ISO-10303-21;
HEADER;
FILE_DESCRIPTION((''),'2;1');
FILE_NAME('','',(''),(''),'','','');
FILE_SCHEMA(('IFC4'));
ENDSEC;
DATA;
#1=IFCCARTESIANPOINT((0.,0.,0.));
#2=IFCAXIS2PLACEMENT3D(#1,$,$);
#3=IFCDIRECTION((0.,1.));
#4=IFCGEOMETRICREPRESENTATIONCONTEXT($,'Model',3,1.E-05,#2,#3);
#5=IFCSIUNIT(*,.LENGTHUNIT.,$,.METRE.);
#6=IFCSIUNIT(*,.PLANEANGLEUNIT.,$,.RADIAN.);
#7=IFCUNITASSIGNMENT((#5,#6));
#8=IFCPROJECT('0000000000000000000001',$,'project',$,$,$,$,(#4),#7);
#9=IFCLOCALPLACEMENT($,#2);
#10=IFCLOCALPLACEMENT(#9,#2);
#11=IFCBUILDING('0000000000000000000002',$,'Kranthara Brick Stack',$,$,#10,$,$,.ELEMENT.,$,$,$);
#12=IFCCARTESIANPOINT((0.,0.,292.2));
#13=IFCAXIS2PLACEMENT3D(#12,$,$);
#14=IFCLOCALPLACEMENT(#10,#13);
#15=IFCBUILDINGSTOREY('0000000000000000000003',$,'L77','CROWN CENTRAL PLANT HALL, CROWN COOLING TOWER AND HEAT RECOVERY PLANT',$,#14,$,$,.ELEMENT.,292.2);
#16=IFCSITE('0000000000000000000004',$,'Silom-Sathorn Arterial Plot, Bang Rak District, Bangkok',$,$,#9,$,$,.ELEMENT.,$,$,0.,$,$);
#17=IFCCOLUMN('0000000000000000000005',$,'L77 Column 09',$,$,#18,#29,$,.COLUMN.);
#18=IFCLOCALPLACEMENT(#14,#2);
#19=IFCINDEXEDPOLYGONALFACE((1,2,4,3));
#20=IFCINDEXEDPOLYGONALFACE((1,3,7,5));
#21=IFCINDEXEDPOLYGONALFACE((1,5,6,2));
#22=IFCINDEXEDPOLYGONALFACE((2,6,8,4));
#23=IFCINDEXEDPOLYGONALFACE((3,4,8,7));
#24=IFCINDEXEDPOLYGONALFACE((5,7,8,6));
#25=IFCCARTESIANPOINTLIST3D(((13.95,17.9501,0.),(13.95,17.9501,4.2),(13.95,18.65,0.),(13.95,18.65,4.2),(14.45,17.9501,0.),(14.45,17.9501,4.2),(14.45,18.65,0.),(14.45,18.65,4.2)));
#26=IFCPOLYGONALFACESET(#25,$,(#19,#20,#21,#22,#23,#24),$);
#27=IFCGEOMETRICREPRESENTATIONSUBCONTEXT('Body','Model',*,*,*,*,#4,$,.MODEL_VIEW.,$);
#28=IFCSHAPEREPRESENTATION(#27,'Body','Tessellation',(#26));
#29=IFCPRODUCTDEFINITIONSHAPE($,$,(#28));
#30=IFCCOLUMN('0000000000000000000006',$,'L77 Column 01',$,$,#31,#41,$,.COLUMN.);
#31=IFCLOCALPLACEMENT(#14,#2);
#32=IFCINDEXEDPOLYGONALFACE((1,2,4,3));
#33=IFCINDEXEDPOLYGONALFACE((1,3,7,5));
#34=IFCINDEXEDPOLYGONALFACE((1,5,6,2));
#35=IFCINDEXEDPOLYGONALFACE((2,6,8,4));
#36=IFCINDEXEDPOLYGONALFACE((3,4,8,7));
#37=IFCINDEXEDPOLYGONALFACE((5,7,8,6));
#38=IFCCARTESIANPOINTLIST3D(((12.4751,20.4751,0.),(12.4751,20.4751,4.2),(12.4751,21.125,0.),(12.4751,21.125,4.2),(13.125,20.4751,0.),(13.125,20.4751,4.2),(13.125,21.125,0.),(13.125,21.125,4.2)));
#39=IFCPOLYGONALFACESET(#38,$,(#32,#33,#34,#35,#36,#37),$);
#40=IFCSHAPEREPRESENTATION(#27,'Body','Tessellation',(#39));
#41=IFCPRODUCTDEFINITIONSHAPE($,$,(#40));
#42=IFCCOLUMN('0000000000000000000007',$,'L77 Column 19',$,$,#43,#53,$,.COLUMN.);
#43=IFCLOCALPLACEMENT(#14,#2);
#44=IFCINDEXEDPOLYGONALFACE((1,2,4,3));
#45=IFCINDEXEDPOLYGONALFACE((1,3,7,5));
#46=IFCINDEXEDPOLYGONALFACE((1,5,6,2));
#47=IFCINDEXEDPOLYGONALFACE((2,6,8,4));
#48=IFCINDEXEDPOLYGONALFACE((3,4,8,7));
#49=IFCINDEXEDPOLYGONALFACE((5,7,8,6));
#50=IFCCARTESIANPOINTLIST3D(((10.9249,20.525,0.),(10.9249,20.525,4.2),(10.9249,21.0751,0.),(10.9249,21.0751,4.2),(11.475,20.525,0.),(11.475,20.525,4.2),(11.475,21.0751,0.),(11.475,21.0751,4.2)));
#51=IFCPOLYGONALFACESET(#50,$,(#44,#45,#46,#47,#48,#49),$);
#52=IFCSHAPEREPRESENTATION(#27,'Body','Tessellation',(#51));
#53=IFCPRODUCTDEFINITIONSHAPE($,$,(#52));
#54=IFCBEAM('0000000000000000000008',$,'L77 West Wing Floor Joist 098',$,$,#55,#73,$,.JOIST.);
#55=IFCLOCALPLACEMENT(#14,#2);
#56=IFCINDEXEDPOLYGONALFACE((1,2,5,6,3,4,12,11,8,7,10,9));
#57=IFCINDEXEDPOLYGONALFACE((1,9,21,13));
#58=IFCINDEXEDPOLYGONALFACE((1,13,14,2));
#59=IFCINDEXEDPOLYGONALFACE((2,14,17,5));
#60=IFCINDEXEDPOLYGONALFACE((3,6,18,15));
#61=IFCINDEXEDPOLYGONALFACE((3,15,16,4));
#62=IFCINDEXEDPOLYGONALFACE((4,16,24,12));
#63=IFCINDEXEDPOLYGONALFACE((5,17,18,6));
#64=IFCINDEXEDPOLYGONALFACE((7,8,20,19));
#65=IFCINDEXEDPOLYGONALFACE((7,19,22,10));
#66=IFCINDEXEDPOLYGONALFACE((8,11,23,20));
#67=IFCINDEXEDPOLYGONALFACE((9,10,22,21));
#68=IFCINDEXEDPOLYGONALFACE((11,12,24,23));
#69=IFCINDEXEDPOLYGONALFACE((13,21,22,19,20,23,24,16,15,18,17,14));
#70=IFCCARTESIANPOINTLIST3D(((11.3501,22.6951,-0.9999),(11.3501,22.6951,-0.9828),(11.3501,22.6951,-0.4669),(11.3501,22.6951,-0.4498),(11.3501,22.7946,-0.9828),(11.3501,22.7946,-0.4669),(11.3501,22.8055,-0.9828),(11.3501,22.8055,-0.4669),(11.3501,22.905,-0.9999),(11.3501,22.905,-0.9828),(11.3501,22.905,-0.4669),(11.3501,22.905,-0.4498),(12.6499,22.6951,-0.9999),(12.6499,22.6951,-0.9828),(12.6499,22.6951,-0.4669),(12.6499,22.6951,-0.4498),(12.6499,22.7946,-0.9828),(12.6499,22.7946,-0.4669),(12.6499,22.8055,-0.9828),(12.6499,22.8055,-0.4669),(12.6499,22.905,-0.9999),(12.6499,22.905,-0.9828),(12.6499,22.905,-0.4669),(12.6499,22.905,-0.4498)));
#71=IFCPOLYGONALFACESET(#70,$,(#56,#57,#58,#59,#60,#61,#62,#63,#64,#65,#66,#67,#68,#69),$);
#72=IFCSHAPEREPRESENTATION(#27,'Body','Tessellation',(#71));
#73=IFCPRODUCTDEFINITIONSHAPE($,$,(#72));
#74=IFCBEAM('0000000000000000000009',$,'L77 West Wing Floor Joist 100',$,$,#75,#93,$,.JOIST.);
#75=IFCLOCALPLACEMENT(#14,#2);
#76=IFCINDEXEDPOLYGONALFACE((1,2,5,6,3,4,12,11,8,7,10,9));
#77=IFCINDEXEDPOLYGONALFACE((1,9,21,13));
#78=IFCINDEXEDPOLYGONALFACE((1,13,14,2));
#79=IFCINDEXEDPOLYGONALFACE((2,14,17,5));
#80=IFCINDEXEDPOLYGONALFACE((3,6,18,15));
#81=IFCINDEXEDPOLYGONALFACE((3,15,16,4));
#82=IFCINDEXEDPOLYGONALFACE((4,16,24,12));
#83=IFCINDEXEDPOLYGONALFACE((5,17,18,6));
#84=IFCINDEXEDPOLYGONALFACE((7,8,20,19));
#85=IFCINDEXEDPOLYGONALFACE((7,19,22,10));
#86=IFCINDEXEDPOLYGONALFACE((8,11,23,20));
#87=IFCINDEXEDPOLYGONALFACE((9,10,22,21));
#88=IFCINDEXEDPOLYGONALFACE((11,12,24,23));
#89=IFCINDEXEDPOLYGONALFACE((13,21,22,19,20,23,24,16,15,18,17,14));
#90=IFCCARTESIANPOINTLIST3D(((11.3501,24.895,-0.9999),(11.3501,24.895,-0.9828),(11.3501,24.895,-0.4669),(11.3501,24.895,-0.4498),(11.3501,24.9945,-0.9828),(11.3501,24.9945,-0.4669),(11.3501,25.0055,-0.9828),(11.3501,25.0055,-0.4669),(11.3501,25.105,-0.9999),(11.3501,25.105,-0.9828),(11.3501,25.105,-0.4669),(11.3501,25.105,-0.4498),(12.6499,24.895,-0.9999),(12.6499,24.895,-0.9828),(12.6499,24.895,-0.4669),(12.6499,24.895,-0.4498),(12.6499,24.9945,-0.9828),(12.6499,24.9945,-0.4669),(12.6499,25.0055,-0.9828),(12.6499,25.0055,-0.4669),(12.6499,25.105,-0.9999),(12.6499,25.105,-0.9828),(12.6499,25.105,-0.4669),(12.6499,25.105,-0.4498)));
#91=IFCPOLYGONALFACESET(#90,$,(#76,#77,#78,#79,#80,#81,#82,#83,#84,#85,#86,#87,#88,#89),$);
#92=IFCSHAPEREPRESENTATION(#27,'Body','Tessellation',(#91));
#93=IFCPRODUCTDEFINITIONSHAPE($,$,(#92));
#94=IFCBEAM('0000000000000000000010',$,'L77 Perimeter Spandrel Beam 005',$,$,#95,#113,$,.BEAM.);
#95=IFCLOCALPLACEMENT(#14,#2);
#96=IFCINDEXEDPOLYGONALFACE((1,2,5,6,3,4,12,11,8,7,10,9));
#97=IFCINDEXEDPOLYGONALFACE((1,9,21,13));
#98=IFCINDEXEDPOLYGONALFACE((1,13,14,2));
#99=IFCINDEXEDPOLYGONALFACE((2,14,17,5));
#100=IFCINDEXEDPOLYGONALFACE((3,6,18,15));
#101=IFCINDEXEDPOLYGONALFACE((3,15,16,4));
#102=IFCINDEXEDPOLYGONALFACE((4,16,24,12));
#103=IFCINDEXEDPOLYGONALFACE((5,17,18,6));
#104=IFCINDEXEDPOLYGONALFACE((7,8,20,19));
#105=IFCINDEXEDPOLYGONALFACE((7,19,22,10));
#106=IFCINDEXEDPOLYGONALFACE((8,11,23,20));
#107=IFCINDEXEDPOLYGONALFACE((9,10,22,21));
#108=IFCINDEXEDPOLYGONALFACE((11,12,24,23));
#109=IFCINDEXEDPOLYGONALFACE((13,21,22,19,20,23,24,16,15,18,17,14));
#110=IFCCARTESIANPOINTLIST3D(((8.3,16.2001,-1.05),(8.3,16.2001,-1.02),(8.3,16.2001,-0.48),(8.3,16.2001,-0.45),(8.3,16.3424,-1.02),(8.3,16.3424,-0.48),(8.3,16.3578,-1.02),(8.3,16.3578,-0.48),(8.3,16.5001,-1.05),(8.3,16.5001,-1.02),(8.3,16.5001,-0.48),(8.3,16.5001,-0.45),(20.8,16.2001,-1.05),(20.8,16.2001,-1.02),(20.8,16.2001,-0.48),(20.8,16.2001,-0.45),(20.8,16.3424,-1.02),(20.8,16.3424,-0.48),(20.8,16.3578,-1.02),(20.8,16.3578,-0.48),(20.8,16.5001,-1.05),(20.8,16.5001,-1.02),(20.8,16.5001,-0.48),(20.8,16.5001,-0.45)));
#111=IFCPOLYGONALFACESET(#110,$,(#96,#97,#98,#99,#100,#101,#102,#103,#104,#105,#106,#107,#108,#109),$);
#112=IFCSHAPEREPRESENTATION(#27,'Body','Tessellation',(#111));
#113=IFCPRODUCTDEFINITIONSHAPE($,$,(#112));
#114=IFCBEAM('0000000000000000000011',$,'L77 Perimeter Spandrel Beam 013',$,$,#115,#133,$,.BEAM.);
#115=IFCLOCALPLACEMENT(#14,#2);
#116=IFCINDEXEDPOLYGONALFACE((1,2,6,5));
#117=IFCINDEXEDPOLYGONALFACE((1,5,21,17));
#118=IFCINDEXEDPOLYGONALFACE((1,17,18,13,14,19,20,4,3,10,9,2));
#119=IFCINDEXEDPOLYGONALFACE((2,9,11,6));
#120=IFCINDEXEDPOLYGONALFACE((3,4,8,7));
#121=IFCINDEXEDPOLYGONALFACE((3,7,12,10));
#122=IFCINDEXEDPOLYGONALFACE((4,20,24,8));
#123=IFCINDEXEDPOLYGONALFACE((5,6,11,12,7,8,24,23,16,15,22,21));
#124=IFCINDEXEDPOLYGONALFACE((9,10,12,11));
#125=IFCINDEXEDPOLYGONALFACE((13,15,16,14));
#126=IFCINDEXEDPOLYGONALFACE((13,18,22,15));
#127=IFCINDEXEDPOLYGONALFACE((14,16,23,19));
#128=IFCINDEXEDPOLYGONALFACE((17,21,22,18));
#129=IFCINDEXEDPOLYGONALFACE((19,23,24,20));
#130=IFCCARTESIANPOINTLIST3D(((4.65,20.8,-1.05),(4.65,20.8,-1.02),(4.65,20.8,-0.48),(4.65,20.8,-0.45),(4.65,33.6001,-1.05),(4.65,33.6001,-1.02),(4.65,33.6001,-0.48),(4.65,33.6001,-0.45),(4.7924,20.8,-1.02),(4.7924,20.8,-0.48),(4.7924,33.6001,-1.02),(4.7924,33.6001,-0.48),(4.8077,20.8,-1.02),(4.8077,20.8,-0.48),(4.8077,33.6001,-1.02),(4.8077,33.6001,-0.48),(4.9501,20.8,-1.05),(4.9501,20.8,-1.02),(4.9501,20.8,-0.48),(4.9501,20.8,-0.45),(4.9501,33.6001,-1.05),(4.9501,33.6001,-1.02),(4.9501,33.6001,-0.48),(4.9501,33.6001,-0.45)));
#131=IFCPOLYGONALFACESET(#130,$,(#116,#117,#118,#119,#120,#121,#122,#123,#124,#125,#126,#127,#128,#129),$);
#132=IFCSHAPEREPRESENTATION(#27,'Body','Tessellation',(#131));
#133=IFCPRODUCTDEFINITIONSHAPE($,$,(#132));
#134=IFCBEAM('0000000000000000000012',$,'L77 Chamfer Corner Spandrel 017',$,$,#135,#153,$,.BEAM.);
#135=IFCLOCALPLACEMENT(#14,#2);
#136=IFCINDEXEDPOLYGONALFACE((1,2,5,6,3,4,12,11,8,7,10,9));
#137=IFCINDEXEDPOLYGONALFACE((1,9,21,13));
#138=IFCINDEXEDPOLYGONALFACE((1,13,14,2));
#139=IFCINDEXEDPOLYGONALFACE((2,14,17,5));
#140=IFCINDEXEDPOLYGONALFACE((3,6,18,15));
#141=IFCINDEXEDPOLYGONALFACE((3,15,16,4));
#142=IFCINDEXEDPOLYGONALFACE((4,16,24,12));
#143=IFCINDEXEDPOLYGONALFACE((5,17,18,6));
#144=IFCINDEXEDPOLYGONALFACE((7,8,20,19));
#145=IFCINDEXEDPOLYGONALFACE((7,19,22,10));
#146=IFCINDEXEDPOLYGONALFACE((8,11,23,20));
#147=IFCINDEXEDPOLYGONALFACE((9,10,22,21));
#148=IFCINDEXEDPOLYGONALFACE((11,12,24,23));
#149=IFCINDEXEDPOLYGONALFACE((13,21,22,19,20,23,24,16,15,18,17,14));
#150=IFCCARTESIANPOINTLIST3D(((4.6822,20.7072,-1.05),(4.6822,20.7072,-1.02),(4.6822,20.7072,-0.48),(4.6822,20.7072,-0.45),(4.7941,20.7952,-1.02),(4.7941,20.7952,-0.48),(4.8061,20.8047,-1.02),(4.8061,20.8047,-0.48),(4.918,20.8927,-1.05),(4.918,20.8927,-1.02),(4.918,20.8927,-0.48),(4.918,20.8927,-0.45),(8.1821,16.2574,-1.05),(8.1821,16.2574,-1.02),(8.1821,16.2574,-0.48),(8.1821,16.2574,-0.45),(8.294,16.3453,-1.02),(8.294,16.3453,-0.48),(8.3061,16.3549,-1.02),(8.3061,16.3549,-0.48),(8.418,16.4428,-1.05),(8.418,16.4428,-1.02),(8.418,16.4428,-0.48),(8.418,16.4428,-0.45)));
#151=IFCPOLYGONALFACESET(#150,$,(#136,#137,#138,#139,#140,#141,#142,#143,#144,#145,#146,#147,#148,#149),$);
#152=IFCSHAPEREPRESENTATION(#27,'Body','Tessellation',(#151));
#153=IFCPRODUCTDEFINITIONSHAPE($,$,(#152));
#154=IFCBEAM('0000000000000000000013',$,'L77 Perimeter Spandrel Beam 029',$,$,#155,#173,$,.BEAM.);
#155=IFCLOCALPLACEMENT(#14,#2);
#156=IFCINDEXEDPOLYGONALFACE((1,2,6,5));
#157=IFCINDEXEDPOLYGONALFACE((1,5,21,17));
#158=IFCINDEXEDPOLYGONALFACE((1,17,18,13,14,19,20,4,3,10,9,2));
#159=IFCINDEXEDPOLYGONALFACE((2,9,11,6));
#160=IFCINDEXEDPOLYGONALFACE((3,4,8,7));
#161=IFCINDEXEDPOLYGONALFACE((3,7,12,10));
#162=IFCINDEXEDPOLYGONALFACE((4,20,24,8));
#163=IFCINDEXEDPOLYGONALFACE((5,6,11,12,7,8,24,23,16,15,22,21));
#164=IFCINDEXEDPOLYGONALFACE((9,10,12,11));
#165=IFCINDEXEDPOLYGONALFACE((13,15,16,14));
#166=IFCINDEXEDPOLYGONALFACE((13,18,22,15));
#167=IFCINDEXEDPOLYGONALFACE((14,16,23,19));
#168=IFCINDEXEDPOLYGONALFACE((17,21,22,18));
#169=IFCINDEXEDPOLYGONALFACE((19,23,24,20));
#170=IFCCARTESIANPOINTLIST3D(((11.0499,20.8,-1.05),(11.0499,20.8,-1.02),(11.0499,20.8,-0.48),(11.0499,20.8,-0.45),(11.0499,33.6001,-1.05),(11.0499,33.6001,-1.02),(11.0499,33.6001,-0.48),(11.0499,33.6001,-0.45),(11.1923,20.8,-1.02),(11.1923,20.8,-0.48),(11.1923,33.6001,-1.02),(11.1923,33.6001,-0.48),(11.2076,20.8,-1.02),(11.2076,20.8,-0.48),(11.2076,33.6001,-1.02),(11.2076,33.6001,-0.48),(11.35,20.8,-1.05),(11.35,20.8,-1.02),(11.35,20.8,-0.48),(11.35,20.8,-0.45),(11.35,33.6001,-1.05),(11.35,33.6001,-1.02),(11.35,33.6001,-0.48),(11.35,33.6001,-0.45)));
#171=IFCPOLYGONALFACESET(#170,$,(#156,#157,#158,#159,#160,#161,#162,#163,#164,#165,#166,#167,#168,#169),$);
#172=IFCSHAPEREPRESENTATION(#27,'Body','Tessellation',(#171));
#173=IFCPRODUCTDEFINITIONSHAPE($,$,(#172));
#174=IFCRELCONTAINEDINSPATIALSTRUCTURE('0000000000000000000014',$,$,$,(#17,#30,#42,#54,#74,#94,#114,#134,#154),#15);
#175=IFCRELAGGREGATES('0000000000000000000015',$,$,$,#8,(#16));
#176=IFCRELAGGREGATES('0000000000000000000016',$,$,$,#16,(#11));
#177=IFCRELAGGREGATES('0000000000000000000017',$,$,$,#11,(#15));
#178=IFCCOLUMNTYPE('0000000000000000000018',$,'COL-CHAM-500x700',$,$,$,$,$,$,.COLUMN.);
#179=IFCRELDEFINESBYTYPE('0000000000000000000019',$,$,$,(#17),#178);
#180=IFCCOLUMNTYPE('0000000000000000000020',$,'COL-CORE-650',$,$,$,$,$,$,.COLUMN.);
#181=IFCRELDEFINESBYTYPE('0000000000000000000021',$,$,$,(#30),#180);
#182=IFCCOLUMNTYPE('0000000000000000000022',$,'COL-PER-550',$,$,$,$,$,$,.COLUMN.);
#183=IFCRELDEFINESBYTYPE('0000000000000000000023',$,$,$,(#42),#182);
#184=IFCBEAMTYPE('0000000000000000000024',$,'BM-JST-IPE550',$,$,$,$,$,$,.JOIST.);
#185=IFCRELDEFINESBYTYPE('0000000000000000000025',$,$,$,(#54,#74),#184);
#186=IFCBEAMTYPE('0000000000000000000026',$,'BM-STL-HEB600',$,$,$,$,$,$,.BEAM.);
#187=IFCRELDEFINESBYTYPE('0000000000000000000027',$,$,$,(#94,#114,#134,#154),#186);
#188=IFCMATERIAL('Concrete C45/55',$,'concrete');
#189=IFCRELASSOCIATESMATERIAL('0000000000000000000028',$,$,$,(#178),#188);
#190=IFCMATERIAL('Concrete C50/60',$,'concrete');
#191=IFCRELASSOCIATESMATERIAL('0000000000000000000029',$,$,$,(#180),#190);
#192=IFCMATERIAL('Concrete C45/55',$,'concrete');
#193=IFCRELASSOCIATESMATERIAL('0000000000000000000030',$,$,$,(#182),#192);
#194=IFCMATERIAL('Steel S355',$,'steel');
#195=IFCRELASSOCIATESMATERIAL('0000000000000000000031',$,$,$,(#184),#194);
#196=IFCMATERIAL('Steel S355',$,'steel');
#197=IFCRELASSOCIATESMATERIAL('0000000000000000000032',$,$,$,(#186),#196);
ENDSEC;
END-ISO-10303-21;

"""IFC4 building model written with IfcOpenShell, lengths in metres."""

from ifc_helpers import new_model, si_unit, direction, frame, origin, origin_2d, place, context, subcontext, project, spatial, rectangle, i_section, extrude, material, material_profile, profile_set, type_object, element, save


model = new_model("IFC4")

# Units and contexts
model_context = context("Model", 3, precision=1e-05, world=origin(), true_north=direction((0.0, 1.0)))
body_context = subcontext(model_context, "Body", "Model", "MODEL_VIEW")
ifc_project = project(units=[si_unit("LENGTHUNIT", "METRE"), si_unit("PLANEANGLEUNIT", "RADIAN")], contexts=[model_context])

# Site, building, storey
site_placement = place(None, origin())
site = spatial("IfcSite", under=ifc_project, at=site_placement, Name="Silom-Sathorn Arterial Plot, Bang Rak District, Bangkok", CompositionType="ELEMENT", RefElevation=0.0)
building_placement = place(site_placement, origin())
building = spatial("IfcBuilding", under=site, at=building_placement, Name="Kranthara Brick Stack", CompositionType="ELEMENT")
storey_placement = place(building_placement, frame((0.0, 0.0, 292.2)))
storey = spatial("IfcBuildingStorey", under=building, at=storey_placement, Name="L77", Description="CROWN CENTRAL PLANT HALL, CROWN COOLING TOWER AND HEAT RECOVERY PLANT", CompositionType="ELEMENT", Elevation=292.2)

# Columns
ifc_material_1 = material(Name="Concrete C45/55", Category="concrete")
ifc_material_profile_1 = material_profile(ifc_material_1, rectangle(XDim=0.5, YDim=0.7, at=origin_2d()), Name="RC 500x700")
ifc_profile_set_1 = profile_set([ifc_material_profile_1], Name="Concrete C45/55")
column_type_1 = type_object("IfcColumnType", Name="COL-CHAM-500x700", PredefinedType="COLUMN", material=ifc_profile_set_1)
column_1_placement = place(storey_placement, frame((14.2, 18.3, 0.0), z_axis=(0.0, 0.0, 1.0), x_axis=(1.0, 0.0, 0.0)))
element("IfcColumn", 1, at=column_1_placement, inside=storey, type_object=column_type_1, Name="L77 Column 09", PredefinedType="COLUMN", context=body_context, shape_type="SweptSolid", body=[
    extrude(rectangle(XDim=0.5, YDim=0.7, at=origin_2d()), origin(), (0.0, 0.0, 1.0), 4.2),
])
ifc_material_2 = material(Name="Concrete C50/60", Category="concrete")
ifc_material_profile_2 = material_profile(ifc_material_2, rectangle(XDim=0.6499, YDim=0.6499, at=origin_2d()), Name="RC 650x650")
ifc_profile_set_2 = profile_set([ifc_material_profile_2], Name="Concrete C50/60")
column_type_2 = type_object("IfcColumnType", Name="COL-CORE-650", PredefinedType="COLUMN", material=ifc_profile_set_2)
column_2_placement = place(storey_placement, frame((12.8, 20.8, 0.0), z_axis=(0.0, 0.0, 1.0), x_axis=(1.0, 0.0, 0.0)))
element("IfcColumn", 2, at=column_2_placement, inside=storey, type_object=column_type_2, Name="L77 Column 01", PredefinedType="COLUMN", context=body_context, shape_type="SweptSolid", body=[
    extrude(rectangle(XDim=0.6499, YDim=0.6499, at=origin_2d()), origin(), (0.0, 0.0, 1.0), 4.2),
])
ifc_material_3 = material(Name="Concrete C45/55", Category="concrete")
ifc_material_profile_3 = material_profile(ifc_material_3, rectangle(XDim=0.55, YDim=0.55, at=origin_2d()), Name="RC 550x550")
ifc_profile_set_3 = profile_set([ifc_material_profile_3], Name="Concrete C45/55")
column_type_3 = type_object("IfcColumnType", Name="COL-PER-550", PredefinedType="COLUMN", material=ifc_profile_set_3)
column_3_placement = place(storey_placement, frame((11.2, 20.8, 0.0), z_axis=(0.0, 0.0, 1.0), x_axis=(1.0, 0.0, 0.0)))
element("IfcColumn", 3, at=column_3_placement, inside=storey, type_object=column_type_3, Name="L77 Column 19", PredefinedType="COLUMN", context=body_context, shape_type="SweptSolid", body=[
    extrude(rectangle(XDim=0.55, YDim=0.55, at=origin_2d()), origin(), (0.0, 0.0, 1.0), 4.2),
])

# Beams
ifc_material_4 = material(Name="Steel S355", Category="steel")
ifc_material_profile_4 = material_profile(ifc_material_4, i_section(OverallWidth=0.21, OverallDepth=0.55, WebThickness=0.011, FlangeThickness=0.0171, at=origin_2d()), Name="IPE 550")
ifc_profile_set_4 = profile_set([ifc_material_profile_4], Name="Steel S355")
beam_type_1 = type_object("IfcBeamType", Name="BM-JST-IPE550", PredefinedType="JOIST", material=ifc_profile_set_4)
for number, where, z_axis, x_axis, name in (
    (4, (11.3501, 22.8, -0.7249), (1.0, 0.0, 0.0), (0.0, 1.0, 0.0), "L77 West Wing Floor Joist 098"),
    (5, (11.3501, 25.0, -0.7249), (1.0, 0.0, 0.0), (0.0, 1.0, 0.0), "L77 West Wing Floor Joist 100"),
):
    element("IfcBeam", number, at=place(storey_placement, frame(where, z_axis=z_axis, x_axis=x_axis)), inside=storey, type_object=beam_type_1, Name=name, PredefinedType="JOIST", context=body_context, shape_type="SweptSolid", body=[
        extrude(i_section(OverallWidth=0.21, OverallDepth=0.55, WebThickness=0.011, FlangeThickness=0.0171, at=origin_2d()), origin(), (0.0, 0.0, 1.0), 1.2998),
    ])
ifc_material_5 = material(Name="Steel S355", Category="steel")
ifc_material_profile_5 = material_profile(ifc_material_5, i_section(OverallWidth=0.3, OverallDepth=0.6001, WebThickness=0.0154, FlangeThickness=0.03, at=origin_2d()), Name="HEB 600")
ifc_profile_set_5 = profile_set([ifc_material_profile_5], Name="Steel S355")
beam_type_2 = type_object("IfcBeamType", Name="BM-STL-HEB600", PredefinedType="BEAM", material=ifc_profile_set_5)
beam_1_placement = place(storey_placement, frame((8.3, 16.3501, -0.75), z_axis=(1.0, 0.0, 0.0), x_axis=(0.0, 1.0, 0.0)))
element("IfcBeam", 6, at=beam_1_placement, inside=storey, type_object=beam_type_2, Name="L77 Perimeter Spandrel Beam 005", PredefinedType="BEAM", context=body_context, shape_type="SweptSolid", body=[
    extrude(i_section(OverallWidth=0.3, OverallDepth=0.6001, WebThickness=0.0154, FlangeThickness=0.03, at=origin_2d()), origin(), (0.0, 0.0, 1.0), 12.5),
])
beam_2_placement = place(storey_placement, frame((4.8, 20.8, -0.75), z_axis=(0.0, 1.0, 0.0), x_axis=(-1.0, 0.0, 0.0)))
element("IfcBeam", 7, at=beam_2_placement, inside=storey, type_object=beam_type_2, Name="L77 Perimeter Spandrel Beam 013", PredefinedType="BEAM", context=body_context, shape_type="SweptSolid", body=[
    extrude(i_section(OverallWidth=0.3, OverallDepth=0.6001, WebThickness=0.0154, FlangeThickness=0.03, at=origin_2d()), origin(), (0.0, 0.0, 1.0), 12.8),
])
beam_3_placement = place(storey_placement, frame((8.3, 16.3501, -0.75), z_axis=(-0.618216, 0.786008, 0.0), x_axis=(-0.786008, -0.618216, 0.0)))
element("IfcBeam", 8, at=beam_3_placement, inside=storey, type_object=beam_type_2, Name="L77 Chamfer Corner Spandrel 017", PredefinedType="BEAM", context=body_context, shape_type="SweptSolid", body=[
    extrude(i_section(OverallWidth=0.3, OverallDepth=0.6001, WebThickness=0.0154, FlangeThickness=0.03, at=origin_2d()), origin(), (0.0, 0.0, 1.0), 5.6614),
])
beam_4_placement = place(storey_placement, frame((11.2, 20.8, -0.75), z_axis=(0.0, 1.0, 0.0), x_axis=(-1.0, 0.0, 0.0)))
element("IfcBeam", 9, at=beam_4_placement, inside=storey, type_object=beam_type_2, Name="L77 Perimeter Spandrel Beam 029", PredefinedType="BEAM", context=body_context, shape_type="SweptSolid", body=[
    extrude(i_section(OverallWidth=0.3, OverallDepth=0.6001, WebThickness=0.0154, FlangeThickness=0.03, at=origin_2d()), origin(), (0.0, 0.0, 1.0), 12.8),
])

save(model, "model.ifc")
